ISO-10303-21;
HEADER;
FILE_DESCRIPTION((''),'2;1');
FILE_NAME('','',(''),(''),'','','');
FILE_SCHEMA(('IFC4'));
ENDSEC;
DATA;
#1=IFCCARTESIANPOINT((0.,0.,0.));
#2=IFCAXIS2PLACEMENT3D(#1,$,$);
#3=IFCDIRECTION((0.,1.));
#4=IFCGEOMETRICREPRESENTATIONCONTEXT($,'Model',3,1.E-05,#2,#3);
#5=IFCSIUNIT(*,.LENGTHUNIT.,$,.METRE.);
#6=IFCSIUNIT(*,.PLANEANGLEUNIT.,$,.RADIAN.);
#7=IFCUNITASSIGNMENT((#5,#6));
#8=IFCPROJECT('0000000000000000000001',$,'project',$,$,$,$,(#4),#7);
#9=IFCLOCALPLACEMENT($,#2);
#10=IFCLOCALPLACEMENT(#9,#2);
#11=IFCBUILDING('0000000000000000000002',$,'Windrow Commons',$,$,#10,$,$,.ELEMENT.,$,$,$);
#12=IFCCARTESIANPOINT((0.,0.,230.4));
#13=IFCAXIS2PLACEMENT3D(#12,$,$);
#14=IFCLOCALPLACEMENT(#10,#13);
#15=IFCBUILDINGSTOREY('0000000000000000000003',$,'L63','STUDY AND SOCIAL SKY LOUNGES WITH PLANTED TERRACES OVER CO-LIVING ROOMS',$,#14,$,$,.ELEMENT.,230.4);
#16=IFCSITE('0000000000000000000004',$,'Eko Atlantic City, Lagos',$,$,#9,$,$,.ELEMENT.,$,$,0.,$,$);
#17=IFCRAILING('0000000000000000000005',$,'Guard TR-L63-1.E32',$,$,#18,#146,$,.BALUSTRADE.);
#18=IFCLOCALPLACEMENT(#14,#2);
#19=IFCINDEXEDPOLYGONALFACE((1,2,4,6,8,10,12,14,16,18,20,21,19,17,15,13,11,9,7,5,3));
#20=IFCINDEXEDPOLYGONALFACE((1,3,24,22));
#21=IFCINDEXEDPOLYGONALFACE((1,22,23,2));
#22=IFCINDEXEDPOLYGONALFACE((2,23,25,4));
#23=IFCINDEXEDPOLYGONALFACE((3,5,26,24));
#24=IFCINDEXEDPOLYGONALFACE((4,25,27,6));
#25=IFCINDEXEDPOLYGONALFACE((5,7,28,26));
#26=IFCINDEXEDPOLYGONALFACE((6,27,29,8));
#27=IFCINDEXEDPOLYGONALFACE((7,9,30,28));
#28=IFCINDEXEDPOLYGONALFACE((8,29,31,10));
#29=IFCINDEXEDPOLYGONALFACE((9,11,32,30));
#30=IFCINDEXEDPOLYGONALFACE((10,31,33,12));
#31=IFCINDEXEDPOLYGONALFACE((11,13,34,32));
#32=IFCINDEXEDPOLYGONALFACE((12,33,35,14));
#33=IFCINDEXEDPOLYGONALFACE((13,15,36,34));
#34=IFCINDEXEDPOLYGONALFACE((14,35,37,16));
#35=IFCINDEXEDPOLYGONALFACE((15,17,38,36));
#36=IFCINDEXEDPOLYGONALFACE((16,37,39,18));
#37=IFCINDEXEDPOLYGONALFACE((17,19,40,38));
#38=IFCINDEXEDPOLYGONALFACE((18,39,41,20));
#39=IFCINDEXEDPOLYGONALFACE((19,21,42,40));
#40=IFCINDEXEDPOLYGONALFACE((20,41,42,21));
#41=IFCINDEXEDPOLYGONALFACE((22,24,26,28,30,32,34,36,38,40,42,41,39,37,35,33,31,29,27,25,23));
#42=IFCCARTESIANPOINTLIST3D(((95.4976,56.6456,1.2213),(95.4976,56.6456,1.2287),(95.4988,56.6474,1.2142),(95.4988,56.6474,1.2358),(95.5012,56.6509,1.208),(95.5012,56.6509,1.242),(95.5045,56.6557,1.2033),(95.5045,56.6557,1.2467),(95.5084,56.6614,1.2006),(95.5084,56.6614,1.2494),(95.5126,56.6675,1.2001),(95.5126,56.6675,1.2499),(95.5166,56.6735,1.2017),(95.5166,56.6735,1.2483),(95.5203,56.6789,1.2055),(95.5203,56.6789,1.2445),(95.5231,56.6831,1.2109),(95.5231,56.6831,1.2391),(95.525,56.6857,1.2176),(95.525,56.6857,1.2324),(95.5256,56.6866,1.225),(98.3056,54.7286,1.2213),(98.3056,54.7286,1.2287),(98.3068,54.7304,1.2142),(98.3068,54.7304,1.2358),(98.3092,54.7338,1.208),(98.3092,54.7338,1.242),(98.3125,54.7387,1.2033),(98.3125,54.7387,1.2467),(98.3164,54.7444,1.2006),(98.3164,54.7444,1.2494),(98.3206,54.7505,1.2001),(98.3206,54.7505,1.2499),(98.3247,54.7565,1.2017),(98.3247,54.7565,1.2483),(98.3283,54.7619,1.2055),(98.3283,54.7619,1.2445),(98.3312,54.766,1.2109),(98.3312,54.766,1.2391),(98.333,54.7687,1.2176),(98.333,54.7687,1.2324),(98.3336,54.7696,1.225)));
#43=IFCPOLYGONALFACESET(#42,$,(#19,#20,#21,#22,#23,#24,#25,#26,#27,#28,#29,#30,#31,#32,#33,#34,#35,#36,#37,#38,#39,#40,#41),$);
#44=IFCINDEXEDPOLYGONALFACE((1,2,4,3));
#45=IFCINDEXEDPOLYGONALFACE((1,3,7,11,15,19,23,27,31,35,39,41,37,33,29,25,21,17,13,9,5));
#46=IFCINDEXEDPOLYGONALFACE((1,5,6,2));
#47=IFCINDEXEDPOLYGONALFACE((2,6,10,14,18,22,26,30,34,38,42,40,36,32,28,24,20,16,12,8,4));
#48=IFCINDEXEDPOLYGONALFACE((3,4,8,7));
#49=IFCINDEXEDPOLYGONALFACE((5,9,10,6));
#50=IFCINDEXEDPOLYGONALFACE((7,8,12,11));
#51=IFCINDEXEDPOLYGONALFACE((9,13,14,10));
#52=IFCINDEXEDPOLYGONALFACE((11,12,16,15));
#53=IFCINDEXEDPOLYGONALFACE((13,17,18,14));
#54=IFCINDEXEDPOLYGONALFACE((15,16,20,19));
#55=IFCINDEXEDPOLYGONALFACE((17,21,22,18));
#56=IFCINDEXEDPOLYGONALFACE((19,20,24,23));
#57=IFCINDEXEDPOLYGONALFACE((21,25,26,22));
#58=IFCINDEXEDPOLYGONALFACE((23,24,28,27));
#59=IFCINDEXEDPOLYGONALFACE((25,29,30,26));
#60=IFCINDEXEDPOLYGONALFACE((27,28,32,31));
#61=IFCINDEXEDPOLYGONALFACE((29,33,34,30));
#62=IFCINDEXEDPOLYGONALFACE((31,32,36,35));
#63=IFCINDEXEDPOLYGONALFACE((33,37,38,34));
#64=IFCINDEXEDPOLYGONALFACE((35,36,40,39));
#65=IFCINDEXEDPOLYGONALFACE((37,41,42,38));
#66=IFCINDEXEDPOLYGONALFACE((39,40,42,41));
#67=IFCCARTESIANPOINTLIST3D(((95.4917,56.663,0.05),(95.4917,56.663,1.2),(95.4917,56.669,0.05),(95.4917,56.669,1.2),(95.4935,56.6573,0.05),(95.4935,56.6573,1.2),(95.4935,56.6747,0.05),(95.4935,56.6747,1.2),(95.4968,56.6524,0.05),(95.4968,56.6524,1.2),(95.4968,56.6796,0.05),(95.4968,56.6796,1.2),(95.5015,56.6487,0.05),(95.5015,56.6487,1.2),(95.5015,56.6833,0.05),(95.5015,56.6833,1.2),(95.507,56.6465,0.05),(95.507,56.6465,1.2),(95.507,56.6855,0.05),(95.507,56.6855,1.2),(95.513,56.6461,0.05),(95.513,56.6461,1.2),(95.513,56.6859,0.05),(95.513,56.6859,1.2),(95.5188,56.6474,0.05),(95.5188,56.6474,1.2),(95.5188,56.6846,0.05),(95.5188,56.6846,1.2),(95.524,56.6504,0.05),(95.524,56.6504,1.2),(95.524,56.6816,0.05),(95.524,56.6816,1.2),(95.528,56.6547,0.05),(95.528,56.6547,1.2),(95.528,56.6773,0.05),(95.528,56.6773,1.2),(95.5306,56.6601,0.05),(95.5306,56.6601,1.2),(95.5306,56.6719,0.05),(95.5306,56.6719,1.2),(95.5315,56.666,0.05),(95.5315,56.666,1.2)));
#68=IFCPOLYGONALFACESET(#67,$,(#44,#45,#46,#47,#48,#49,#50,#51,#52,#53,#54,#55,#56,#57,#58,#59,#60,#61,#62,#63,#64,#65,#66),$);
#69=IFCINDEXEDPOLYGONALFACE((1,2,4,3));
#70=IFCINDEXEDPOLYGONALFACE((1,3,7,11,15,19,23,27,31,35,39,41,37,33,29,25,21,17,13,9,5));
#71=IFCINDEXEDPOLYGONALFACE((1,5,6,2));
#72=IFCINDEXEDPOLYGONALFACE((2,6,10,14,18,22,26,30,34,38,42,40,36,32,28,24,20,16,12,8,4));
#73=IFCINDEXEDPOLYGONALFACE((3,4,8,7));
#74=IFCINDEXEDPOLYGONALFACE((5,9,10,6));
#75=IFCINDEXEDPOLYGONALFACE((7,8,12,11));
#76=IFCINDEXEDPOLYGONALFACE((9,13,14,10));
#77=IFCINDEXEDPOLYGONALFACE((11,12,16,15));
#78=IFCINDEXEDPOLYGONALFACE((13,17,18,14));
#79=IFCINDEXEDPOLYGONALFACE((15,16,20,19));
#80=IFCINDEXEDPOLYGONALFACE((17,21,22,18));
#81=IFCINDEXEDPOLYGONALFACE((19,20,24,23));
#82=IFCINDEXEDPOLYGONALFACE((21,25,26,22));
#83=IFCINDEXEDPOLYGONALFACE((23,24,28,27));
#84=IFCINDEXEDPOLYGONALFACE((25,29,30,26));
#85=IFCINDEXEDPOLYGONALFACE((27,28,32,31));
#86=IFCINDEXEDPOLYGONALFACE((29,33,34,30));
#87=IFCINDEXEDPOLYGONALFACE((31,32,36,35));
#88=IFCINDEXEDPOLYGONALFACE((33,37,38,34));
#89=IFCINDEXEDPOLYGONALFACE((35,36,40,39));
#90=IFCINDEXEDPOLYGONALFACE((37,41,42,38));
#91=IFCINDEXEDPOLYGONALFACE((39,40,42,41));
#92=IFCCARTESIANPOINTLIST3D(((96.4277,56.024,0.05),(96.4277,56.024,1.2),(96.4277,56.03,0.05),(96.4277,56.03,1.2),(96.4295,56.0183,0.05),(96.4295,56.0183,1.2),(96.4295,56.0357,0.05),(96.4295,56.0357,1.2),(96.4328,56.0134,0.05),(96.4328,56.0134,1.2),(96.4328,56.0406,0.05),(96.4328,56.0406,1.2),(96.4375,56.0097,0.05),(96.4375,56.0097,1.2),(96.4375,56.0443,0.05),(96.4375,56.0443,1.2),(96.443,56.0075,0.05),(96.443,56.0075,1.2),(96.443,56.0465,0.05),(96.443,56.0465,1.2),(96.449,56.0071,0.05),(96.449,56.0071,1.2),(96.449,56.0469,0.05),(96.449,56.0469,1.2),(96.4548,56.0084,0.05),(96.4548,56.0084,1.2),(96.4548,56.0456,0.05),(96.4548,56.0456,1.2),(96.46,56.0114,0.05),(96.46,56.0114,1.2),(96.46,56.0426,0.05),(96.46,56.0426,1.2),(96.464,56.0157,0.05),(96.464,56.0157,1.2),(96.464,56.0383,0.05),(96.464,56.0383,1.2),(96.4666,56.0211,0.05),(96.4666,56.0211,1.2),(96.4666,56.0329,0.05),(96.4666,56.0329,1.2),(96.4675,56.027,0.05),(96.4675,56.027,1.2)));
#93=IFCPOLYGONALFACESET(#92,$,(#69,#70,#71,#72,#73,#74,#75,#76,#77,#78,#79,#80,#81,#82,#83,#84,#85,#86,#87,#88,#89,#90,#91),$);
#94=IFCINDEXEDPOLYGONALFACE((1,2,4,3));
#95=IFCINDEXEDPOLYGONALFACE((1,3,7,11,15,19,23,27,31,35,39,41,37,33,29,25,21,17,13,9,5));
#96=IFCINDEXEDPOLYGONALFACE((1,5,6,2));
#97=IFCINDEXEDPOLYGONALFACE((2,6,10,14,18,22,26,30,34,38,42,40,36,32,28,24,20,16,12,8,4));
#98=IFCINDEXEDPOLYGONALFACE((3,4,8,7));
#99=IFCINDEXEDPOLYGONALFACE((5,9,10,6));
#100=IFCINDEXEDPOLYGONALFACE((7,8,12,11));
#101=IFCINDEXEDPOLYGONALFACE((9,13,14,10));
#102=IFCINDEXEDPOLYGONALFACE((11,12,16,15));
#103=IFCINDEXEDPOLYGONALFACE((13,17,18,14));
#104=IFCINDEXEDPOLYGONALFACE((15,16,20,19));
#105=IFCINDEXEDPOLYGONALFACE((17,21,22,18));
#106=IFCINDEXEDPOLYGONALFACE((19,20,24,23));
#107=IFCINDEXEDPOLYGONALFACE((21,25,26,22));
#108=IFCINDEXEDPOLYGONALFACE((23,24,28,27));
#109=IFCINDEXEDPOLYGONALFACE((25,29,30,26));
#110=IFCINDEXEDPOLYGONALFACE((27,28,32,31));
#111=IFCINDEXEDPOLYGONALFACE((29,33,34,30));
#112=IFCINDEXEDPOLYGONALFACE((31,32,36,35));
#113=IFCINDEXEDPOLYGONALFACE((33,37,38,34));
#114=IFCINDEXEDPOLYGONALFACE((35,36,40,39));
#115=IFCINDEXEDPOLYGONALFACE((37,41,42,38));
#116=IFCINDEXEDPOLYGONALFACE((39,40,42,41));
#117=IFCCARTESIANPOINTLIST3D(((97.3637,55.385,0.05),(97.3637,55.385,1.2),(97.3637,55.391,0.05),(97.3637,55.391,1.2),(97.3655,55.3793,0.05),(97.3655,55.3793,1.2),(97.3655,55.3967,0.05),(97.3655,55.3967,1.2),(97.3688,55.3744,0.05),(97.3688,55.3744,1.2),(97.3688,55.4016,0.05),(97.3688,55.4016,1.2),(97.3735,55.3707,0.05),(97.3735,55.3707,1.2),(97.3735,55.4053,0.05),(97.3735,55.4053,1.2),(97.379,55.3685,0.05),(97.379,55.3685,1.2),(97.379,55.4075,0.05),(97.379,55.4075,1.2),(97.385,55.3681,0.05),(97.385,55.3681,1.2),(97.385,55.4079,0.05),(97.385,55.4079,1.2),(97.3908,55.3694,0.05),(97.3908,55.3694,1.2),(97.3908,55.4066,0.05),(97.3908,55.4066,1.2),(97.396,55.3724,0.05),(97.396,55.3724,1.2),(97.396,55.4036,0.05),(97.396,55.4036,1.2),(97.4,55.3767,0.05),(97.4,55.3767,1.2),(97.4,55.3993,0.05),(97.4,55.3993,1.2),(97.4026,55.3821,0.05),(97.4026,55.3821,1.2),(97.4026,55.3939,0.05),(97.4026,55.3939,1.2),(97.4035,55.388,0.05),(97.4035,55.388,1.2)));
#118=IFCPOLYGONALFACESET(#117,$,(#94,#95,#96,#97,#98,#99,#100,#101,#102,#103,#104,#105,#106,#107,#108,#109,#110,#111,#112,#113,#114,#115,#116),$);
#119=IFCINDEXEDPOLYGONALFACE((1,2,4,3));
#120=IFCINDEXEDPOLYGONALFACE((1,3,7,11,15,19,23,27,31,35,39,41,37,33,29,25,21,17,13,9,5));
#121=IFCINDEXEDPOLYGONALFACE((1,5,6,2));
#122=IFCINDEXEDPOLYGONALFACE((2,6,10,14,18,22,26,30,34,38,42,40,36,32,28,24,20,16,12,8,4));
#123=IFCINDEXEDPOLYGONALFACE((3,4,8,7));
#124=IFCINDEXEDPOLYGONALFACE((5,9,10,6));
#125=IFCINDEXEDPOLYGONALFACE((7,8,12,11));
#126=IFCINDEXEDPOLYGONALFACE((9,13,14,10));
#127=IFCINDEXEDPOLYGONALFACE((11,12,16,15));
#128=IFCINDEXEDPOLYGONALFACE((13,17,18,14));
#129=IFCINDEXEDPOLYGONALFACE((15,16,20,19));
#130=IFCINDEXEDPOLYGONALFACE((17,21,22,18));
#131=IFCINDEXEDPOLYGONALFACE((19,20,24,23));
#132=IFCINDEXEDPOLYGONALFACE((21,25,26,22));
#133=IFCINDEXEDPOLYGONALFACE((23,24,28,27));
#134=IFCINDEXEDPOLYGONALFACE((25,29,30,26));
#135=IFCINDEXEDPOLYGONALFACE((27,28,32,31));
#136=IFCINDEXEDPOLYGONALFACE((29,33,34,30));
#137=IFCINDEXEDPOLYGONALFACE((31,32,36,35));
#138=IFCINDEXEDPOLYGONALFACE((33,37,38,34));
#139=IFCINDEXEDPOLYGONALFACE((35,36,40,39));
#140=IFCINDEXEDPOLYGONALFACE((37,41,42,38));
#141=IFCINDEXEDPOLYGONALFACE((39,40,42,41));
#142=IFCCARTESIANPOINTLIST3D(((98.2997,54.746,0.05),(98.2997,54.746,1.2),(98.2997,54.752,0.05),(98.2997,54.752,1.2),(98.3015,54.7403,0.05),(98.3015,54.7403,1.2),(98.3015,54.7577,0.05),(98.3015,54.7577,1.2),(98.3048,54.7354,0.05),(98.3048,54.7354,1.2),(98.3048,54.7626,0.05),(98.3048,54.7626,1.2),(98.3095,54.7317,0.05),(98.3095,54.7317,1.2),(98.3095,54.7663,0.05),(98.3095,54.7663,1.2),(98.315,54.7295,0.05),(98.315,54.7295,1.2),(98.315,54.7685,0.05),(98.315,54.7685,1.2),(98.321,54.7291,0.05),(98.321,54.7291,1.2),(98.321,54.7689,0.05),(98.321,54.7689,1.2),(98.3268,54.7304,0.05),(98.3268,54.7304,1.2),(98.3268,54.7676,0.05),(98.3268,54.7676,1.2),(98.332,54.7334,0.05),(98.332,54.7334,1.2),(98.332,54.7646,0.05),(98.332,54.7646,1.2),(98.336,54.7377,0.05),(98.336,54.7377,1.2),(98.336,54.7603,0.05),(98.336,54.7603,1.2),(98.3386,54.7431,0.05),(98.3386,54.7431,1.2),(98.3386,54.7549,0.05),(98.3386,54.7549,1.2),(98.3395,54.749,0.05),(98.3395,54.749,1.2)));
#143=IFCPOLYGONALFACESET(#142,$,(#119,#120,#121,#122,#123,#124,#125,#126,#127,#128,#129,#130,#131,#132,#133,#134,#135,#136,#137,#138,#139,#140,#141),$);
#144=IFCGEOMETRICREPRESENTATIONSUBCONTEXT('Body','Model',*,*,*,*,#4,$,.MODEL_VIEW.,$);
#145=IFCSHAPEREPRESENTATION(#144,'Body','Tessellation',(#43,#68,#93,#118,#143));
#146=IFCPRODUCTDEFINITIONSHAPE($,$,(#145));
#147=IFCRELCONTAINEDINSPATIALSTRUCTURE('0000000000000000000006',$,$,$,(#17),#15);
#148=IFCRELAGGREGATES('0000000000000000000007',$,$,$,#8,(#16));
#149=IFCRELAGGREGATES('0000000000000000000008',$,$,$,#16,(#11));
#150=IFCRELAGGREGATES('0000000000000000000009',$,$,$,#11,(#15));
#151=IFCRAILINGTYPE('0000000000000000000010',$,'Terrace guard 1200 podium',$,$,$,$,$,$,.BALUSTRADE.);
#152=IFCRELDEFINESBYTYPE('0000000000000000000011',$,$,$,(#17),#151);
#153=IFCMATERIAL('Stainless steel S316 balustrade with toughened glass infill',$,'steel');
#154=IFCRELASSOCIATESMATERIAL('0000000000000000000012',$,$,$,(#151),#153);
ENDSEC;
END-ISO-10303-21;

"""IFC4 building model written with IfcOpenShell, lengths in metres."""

from ifc_helpers import new_model, si_unit, direction, frame, origin, origin_2d, place, context, subcontext, project, spatial, circle, extrude, material, type_object, element, save


model = new_model("IFC4")

# Units and contexts
model_context = context("Model", 3, precision=1e-05, world=origin(), true_north=direction((0.0, 1.0)))
body_context = subcontext(model_context, "Body", "Model", "MODEL_VIEW")
ifc_project = project(units=[si_unit("LENGTHUNIT", "METRE"), si_unit("PLANEANGLEUNIT", "RADIAN")], contexts=[model_context])

# Site, building, storey
site_placement = place(None, origin())
site = spatial("IfcSite", under=ifc_project, at=site_placement, Name="Eko Atlantic City, Lagos", CompositionType="ELEMENT", RefElevation=0.0)
building_placement = place(site_placement, origin())
building = spatial("IfcBuilding", under=site, at=building_placement, Name="Windrow Commons", CompositionType="ELEMENT")
storey_placement = place(building_placement, frame((0.0, 0.0, 230.4)))
storey = spatial("IfcBuildingStorey", under=building, at=storey_placement, Name="L63", Description="STUDY AND SOCIAL SKY LOUNGES WITH PLANTED TERRACES OVER CO-LIVING ROOMS", CompositionType="ELEMENT", Elevation=230.4)

# Railing
ifc_material_1 = material(Name="Stainless steel S316 balustrade with toughened glass infill", Category="steel")
railing_type_1 = type_object("IfcRailingType", Name="Terrace guard 1200 podium", PredefinedType="BALUSTRADE", material=ifc_material_1)
railing_1_placement = place(storey_placement, frame((95.5115, 56.666, 0.05)))
element("IfcRailing", 1, at=railing_1_placement, inside=storey, type_object=railing_type_1, Name="Guard TR-L63-1.E32", PredefinedType="BALUSTRADE", context=body_context, shape_type="SweptSolid", body=[
    extrude(circle(Radius=0.025, at=origin_2d()), frame((0.0, 0.0, 1.175), z_axis=(0.825891, -0.56383, 0.0), x_axis=(0.56383, 0.825891, 0.0)), (0.0, 0.0, 1.0), 3.4),
    extrude(circle(Radius=0.02, at=origin_2d()), origin(), (0.0, 0.0, 1.0), 1.15),
    extrude(circle(Radius=0.02, at=origin_2d()), frame((0.936, -0.639, 0.0)), (0.0, 0.0, 1.0), 1.15),
    extrude(circle(Radius=0.02, at=origin_2d()), frame((1.872, -1.278, 0.0)), (0.0, 0.0, 1.0), 1.15),
    extrude(circle(Radius=0.02, at=origin_2d()), frame((2.808, -1.917, 0.0)), (0.0, 0.0, 1.0), 1.15),
])

save(model, "model.ifc")
